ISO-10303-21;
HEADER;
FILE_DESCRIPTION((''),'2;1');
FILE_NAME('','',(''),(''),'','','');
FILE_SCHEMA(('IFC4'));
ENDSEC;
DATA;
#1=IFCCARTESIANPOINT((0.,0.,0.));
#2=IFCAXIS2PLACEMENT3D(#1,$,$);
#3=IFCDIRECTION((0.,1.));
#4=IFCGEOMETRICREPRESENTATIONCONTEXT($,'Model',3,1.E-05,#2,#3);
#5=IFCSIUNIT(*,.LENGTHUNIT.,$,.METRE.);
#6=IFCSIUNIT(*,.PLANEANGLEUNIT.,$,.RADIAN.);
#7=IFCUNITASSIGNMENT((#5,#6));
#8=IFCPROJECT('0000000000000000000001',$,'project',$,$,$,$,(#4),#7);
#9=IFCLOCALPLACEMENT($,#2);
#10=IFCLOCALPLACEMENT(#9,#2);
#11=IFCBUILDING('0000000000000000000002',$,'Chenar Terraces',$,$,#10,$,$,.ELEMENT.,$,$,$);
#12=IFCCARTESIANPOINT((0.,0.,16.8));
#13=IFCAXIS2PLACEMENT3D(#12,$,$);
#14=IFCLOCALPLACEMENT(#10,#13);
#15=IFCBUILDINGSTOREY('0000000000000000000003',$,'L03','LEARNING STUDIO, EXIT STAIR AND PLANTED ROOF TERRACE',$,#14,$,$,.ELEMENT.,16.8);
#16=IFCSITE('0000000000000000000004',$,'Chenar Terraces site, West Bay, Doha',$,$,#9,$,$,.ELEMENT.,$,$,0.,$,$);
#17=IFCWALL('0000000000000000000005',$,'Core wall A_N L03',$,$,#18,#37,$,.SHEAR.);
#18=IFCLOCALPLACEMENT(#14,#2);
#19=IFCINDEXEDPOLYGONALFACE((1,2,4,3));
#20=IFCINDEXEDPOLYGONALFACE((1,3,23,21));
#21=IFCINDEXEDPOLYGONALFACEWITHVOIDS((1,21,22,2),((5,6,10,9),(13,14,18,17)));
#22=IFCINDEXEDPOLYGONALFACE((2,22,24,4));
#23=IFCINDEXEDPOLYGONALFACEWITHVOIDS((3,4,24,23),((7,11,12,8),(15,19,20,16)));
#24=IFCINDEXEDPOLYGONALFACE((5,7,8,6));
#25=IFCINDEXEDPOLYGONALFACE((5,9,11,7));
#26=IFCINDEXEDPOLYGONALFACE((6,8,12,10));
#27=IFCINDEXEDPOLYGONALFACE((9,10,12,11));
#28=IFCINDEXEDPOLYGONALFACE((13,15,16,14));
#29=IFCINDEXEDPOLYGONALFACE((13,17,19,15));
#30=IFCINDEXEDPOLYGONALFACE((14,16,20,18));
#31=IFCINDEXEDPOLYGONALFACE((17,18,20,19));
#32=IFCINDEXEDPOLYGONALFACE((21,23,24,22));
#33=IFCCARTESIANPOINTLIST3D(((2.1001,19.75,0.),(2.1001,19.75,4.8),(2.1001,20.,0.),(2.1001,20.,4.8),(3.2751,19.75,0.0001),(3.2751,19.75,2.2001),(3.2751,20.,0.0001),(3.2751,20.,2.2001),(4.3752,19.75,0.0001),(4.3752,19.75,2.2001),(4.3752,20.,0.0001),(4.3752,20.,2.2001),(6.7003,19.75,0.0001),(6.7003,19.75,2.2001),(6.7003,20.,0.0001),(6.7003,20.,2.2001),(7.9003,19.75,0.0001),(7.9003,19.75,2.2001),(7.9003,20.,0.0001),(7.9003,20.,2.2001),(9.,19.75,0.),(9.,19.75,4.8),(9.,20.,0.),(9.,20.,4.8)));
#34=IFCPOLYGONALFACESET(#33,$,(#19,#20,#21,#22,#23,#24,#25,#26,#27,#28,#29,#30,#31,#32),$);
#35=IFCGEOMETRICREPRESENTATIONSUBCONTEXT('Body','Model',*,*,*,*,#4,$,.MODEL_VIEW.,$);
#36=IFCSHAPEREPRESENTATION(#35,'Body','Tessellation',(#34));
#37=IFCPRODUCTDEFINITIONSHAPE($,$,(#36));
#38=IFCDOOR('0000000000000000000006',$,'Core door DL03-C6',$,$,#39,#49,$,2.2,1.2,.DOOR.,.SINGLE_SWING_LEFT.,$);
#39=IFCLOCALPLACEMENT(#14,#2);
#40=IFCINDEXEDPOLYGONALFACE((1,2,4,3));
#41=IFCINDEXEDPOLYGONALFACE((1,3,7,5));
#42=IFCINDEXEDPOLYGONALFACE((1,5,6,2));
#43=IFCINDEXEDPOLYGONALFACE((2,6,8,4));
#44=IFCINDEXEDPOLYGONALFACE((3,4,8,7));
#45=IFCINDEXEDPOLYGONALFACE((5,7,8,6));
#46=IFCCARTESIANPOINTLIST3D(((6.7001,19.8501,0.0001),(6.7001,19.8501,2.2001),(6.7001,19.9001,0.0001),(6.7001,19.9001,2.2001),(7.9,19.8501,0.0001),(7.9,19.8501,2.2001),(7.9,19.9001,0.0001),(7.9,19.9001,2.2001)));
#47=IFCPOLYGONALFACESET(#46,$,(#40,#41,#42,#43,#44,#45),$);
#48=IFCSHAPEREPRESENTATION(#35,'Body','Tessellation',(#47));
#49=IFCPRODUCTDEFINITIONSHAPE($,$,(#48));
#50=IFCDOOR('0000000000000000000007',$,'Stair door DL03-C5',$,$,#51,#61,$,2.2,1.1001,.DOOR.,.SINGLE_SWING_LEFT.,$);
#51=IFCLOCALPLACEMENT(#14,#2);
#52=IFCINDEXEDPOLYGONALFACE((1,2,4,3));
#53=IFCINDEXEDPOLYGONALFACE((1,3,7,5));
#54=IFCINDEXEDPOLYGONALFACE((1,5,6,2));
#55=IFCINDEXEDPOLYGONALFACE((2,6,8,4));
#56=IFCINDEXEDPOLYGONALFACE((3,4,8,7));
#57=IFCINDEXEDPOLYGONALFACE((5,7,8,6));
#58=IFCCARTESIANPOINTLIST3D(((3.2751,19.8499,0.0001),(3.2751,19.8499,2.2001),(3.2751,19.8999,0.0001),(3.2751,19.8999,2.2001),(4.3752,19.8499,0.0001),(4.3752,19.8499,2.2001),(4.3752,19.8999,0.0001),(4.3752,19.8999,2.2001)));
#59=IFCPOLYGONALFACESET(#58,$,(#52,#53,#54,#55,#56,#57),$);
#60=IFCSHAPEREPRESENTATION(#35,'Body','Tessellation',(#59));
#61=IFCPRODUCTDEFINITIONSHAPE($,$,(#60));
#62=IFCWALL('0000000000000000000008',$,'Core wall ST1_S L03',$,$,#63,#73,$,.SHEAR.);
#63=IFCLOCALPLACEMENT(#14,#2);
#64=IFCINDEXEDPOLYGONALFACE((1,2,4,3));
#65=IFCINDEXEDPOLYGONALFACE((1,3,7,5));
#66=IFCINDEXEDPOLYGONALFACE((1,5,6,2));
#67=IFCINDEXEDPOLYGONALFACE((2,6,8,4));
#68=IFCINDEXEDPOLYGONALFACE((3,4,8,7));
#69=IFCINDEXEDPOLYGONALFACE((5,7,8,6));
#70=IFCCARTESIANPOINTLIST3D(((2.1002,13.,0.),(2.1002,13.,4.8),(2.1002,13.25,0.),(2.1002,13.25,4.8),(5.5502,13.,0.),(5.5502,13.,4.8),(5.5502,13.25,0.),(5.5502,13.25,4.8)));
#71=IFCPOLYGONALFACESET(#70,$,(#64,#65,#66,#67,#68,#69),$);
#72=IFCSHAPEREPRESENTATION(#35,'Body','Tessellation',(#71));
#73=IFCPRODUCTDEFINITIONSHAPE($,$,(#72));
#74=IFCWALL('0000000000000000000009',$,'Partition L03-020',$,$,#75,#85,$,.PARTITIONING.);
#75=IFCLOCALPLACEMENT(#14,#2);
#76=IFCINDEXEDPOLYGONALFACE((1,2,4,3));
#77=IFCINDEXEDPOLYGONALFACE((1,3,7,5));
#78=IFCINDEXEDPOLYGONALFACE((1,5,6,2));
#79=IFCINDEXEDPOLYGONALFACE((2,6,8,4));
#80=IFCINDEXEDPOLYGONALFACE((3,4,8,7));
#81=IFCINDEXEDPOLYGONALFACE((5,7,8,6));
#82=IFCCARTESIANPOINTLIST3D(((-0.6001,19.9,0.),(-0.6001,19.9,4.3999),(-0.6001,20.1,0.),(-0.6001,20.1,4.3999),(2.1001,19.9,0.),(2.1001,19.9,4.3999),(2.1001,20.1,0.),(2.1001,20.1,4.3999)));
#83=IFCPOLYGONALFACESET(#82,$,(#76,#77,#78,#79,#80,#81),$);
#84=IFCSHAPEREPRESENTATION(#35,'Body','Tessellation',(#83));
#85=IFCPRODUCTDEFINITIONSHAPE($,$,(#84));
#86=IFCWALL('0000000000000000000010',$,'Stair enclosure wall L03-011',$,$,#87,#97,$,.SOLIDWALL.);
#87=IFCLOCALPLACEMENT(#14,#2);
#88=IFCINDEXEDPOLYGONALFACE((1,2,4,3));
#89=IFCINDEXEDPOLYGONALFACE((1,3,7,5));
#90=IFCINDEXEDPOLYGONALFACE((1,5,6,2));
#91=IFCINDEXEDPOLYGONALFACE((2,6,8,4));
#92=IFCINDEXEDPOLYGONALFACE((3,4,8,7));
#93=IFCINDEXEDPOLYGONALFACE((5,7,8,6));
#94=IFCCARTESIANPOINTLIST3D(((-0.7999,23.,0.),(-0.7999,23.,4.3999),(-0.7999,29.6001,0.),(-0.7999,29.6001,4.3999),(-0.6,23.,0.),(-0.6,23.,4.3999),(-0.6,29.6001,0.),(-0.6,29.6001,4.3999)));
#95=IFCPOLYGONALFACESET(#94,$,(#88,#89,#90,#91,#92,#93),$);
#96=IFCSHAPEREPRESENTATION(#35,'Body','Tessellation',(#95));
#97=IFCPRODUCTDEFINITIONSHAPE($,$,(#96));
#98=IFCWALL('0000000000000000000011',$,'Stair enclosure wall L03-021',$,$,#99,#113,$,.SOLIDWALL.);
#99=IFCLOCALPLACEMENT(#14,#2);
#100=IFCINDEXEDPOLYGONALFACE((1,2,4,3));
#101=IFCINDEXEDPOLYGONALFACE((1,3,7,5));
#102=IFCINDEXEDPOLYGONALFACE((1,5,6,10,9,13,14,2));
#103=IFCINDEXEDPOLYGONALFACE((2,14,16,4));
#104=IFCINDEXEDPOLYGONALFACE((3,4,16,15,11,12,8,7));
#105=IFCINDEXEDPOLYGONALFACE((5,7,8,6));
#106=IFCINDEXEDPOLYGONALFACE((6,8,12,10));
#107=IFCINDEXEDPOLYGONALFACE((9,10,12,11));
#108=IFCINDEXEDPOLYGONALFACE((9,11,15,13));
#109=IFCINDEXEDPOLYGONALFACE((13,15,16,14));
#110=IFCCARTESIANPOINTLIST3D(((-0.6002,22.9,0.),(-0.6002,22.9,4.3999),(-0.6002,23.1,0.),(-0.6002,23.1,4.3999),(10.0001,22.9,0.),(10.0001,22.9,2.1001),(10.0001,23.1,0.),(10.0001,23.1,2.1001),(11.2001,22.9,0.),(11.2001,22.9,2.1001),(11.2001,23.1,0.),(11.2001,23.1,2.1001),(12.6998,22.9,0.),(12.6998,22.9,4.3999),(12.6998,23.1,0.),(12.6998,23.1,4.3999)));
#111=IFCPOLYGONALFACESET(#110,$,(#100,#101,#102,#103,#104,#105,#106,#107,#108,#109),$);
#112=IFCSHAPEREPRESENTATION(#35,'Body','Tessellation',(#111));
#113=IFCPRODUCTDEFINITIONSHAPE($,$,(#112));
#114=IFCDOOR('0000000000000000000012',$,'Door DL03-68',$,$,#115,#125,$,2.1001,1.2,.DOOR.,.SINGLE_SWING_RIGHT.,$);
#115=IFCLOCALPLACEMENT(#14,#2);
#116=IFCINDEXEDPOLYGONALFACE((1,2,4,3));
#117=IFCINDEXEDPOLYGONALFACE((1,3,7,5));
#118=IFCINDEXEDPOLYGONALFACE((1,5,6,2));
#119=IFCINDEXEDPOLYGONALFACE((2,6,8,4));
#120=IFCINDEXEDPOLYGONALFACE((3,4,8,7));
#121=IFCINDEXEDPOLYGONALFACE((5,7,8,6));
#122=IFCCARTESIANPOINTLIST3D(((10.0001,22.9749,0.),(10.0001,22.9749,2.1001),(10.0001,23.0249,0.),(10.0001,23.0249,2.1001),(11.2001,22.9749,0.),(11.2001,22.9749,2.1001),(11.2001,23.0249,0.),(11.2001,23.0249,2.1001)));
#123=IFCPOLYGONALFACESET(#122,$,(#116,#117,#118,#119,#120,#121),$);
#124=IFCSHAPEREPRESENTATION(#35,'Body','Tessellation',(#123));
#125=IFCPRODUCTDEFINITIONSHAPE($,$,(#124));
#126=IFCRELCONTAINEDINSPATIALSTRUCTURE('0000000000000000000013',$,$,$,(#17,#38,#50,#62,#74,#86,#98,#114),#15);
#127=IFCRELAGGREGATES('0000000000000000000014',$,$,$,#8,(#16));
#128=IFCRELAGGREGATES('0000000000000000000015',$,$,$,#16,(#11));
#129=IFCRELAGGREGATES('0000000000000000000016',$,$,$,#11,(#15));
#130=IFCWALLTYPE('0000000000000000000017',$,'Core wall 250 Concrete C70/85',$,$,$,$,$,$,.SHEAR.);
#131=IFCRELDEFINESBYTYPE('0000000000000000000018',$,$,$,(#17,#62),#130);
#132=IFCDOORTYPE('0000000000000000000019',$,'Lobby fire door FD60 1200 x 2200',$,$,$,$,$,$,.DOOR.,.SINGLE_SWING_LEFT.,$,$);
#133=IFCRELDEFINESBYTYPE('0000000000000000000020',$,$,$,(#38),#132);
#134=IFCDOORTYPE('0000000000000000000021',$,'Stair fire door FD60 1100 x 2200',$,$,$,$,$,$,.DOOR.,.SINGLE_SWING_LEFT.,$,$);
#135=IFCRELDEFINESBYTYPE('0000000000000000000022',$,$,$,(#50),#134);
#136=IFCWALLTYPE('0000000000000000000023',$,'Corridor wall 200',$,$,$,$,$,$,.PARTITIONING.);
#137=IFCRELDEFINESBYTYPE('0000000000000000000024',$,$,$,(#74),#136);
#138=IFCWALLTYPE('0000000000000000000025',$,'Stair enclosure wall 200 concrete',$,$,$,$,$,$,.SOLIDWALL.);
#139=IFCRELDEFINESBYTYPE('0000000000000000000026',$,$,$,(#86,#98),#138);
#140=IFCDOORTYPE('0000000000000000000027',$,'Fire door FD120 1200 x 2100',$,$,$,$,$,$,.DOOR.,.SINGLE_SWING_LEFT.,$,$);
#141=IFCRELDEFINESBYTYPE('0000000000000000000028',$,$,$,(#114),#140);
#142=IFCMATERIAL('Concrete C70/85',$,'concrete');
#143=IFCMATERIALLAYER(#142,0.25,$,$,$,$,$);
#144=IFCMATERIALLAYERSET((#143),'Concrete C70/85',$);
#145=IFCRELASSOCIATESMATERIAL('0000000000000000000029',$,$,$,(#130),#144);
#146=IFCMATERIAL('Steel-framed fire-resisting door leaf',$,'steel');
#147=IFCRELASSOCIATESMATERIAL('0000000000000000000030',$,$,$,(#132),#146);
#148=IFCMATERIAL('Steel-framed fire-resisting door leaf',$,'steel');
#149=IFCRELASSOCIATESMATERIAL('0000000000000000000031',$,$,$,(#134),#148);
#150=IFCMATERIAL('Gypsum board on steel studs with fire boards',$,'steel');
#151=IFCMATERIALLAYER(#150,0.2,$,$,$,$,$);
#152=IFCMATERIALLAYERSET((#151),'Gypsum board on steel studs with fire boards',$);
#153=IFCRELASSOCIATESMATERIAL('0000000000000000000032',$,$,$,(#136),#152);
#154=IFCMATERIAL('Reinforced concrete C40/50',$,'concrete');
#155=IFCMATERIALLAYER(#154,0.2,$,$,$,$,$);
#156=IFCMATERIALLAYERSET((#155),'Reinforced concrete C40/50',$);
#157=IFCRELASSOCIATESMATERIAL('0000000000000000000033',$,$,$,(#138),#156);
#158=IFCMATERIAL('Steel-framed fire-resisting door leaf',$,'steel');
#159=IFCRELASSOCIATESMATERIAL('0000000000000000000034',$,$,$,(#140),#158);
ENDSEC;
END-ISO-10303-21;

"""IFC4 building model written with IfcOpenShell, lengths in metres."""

from ifc_helpers import new_model, si_unit, direction, frame, frame_2d, origin, place, context, subcontext, project, spatial, rectangle, extrude, material, layer, layer_set, type_object, element, fill, save


model = new_model("IFC4")

# Units and contexts
model_context = context("Model", 3, precision=1e-05, world=origin(), true_north=direction((0.0, 1.0)))
body_context = subcontext(model_context, "Body", "Model", "MODEL_VIEW")
ifc_project = project(units=[si_unit("LENGTHUNIT", "METRE"), si_unit("PLANEANGLEUNIT", "RADIAN")], contexts=[model_context])

# Site, building, storey
site_placement = place(None, origin())
site = spatial("IfcSite", under=ifc_project, at=site_placement, Name="Chenar Terraces site, West Bay, Doha", CompositionType="ELEMENT", RefElevation=0.0)
building_placement = place(site_placement, origin())
building = spatial("IfcBuilding", under=site, at=building_placement, Name="Chenar Terraces", CompositionType="ELEMENT")
storey_placement = place(building_placement, frame((0.0, 0.0, 16.8)))
storey = spatial("IfcBuildingStorey", under=building, at=storey_placement, Name="L03", Description="LEARNING STUDIO, EXIT STAIR AND PLANTED ROOF TERRACE", CompositionType="ELEMENT", Elevation=16.8)

# Wall, openings, doors
ifc_material_1 = material(Name="Concrete C70/85", Category="concrete")
ifc_layer_1 = layer(ifc_material_1, 0.25)
ifc_layer_set_1 = layer_set([ifc_layer_1], Name="Concrete C70/85")
wall_type_1 = type_object("IfcWallType", Name="Core wall 250 Concrete C70/85", PredefinedType="SHEAR", material=ifc_layer_set_1)
wall_1_placement = place(storey_placement, frame((2.1001, 19.875, 0.0), z_axis=(0.0, 0.0, 1.0), x_axis=(1.0, 0.0, 0.0)))
wall_1 = element("IfcWall", 1, at=wall_1_placement, inside=storey, type_object=wall_type_1, Name="Core wall A_N L03", PredefinedType="SHEAR", context=body_context, shape_type="SweptSolid", body=[
    extrude(rectangle(XDim=6.8999, YDim=0.25, at=frame_2d((3.45, 0.0))), origin(), (0.0, 0.0, 1.0), 4.8),
])
opening_1_placement = place(wall_1_placement, frame((1.175, 0.0, 0.0)))
opening_1 = element("IfcOpeningElement", 2, at=opening_1_placement, cuts=wall_1, PredefinedType="OPENING", context=body_context, shape_type="SweptSolid", body=[
    extrude(rectangle(XDim=1.1001, YDim=2.2, at=frame_2d((0.55, 1.1001))), frame((0.0, 0.135, 0.0), z_axis=(0.0, -1.0, 0.0), x_axis=(1.0, 0.0, 0.0)), (0.0, 0.0, 1.0), 0.27),
])
opening_2_placement = place(wall_1_placement, frame((4.6001, 0.0, 0.0)))
opening_2 = element("IfcOpeningElement", 3, at=opening_2_placement, cuts=wall_1, PredefinedType="OPENING", context=body_context, shape_type="SweptSolid", body=[
    extrude(rectangle(XDim=1.2, YDim=2.2, at=frame_2d((0.6001, 1.1001))), frame((0.0, 0.135, 0.0), z_axis=(0.0, -1.0, 0.0), x_axis=(1.0, 0.0, 0.0)), (0.0, 0.0, 1.0), 0.27),
])
ifc_material_2 = material(Name="Steel-framed fire-resisting door leaf", Category="steel")
door_type_1 = type_object("IfcDoorType", Name="Lobby fire door FD60 1200 x 2200", OperationType="SINGLE_SWING_LEFT", PredefinedType="DOOR", material=ifc_material_2)
door_1_placement = place(opening_2_placement, frame((1.2, 0.0, 0.0), z_axis=(0.0, 0.0, 1.0), x_axis=(-1.0, 0.0, 0.0)))
door_1 = element("IfcDoor", 4, at=door_1_placement, inside=storey, type_object=door_type_1, Name="Core door DL03-C6", OperationType="SINGLE_SWING_LEFT", OverallHeight=2.2, OverallWidth=1.2, PredefinedType="DOOR", context=body_context, shape_type="SweptSolid", body=[
    extrude(rectangle(XDim=1.2, YDim=2.2, at=frame_2d((0.6001, 1.1001))), frame((0.0, 0.0249, 0.0), z_axis=(0.0, -1.0, 0.0), x_axis=(1.0, 0.0, 0.0)), (0.0, 0.0, 1.0), 0.05),
])
fill(opening_2, door_1)
ifc_material_3 = material(Name="Steel-framed fire-resisting door leaf", Category="steel")
door_type_2 = type_object("IfcDoorType", Name="Stair fire door FD60 1100 x 2200", OperationType="SINGLE_SWING_LEFT", PredefinedType="DOOR", material=ifc_material_3)
door_2_placement = place(opening_1_placement, origin())
door_2 = element("IfcDoor", 5, at=door_2_placement, inside=storey, type_object=door_type_2, Name="Stair door DL03-C5", OperationType="SINGLE_SWING_LEFT", OverallHeight=2.2, OverallWidth=1.1001, PredefinedType="DOOR", context=body_context, shape_type="SweptSolid", body=[
    extrude(rectangle(XDim=1.1001, YDim=2.2, at=frame_2d((0.55, 1.1001))), frame((0.0, 0.0249, 0.0), z_axis=(0.0, -1.0, 0.0), x_axis=(1.0, 0.0, 0.0)), (0.0, 0.0, 1.0), 0.05),
])
fill(opening_1, door_2)

# Walls
wall_2_placement = place(storey_placement, frame((2.1001, 13.125, 0.0), z_axis=(0.0, 0.0, 1.0), x_axis=(1.0, 0.0, 0.0)))
element("IfcWall", 6, at=wall_2_placement, inside=storey, type_object=wall_type_1, Name="Core wall ST1_S L03", PredefinedType="SHEAR", context=body_context, shape_type="SweptSolid", body=[
    extrude(rectangle(XDim=3.45, YDim=0.25, at=frame_2d((1.7251, 0.0))), origin(), (0.0, 0.0, 1.0), 4.8),
])
ifc_material_4 = material(Name="Gypsum board on steel studs with fire boards", Category="steel")
ifc_layer_2 = layer(ifc_material_4, 0.2)
ifc_layer_set_2 = layer_set([ifc_layer_2], Name="Gypsum board on steel studs with fire boards")
wall_type_2 = type_object("IfcWallType", Name="Corridor wall 200", PredefinedType="PARTITIONING", material=ifc_layer_set_2)
wall_3_placement = place(storey_placement, frame((-0.6001, 20.0, 0.0), z_axis=(0.0, 0.0, 1.0), x_axis=(1.0, 0.0, 0.0)))
element("IfcWall", 7, at=wall_3_placement, inside=storey, type_object=wall_type_2, Name="Partition L03-020", PredefinedType="PARTITIONING", context=body_context, shape_type="SweptSolid", body=[
    extrude(rectangle(XDim=2.7002, YDim=0.2, at=frame_2d((1.3501, 0.0))), origin(), (0.0, 0.0, 1.0), 4.3999),
])
ifc_material_5 = material(Name="Reinforced concrete C40/50", Category="concrete")
ifc_layer_3 = layer(ifc_material_5, 0.2)
ifc_layer_set_3 = layer_set([ifc_layer_3], Name="Reinforced concrete C40/50")
wall_type_3 = type_object("IfcWallType", Name="Stair enclosure wall 200 concrete", PredefinedType="SOLIDWALL", material=ifc_layer_set_3)
wall_4_placement = place(storey_placement, frame((-0.7, 23.0, 0.0), z_axis=(0.0, 0.0, 1.0), x_axis=(0.0, 1.0, 0.0)))
element("IfcWall", 8, at=wall_4_placement, inside=storey, type_object=wall_type_3, Name="Stair enclosure wall L03-011", PredefinedType="SOLIDWALL", context=body_context, shape_type="SweptSolid", body=[
    extrude(rectangle(XDim=6.6001, YDim=0.2, at=frame_2d((3.3, 0.0))), origin(), (0.0, 0.0, 1.0), 4.3999),
])

# Wall, opening, door
wall_5_placement = place(storey_placement, frame((-0.6001, 23.0, 0.0), z_axis=(0.0, 0.0, 1.0), x_axis=(1.0, 0.0, 0.0)))
wall_5 = element("IfcWall", 9, at=wall_5_placement, inside=storey, type_object=wall_type_3, Name="Stair enclosure wall L03-021", PredefinedType="SOLIDWALL", context=body_context, shape_type="SweptSolid", body=[
    extrude(rectangle(XDim=13.3, YDim=0.2, at=frame_2d((6.6499, 0.0))), origin(), (0.0, 0.0, 1.0), 4.3999),
])
opening_3_placement = place(wall_5_placement, frame((10.6001, 0.0, 0.0)))
opening_3 = element("IfcOpeningElement", 10, at=opening_3_placement, cuts=wall_5, PredefinedType="OPENING", context=body_context, shape_type="SweptSolid", body=[
    extrude(rectangle(XDim=1.2, YDim=2.1001, at=frame_2d((0.6001, 1.05))), frame((0.0, 0.1099, 0.0), z_axis=(0.0, -1.0, 0.0), x_axis=(1.0, 0.0, 0.0)), (0.0, 0.0, 1.0), 0.22),
])
ifc_material_6 = material(Name="Steel-framed fire-resisting door leaf", Category="steel")
door_type_3 = type_object("IfcDoorType", Name="Fire door FD120 1200 x 2100", OperationType="SINGLE_SWING_LEFT", PredefinedType="DOOR", material=ifc_material_6)
door_3_placement = place(opening_3_placement, origin())
door_3 = element("IfcDoor", 11, at=door_3_placement, inside=storey, type_object=door_type_3, Name="Door DL03-68", OperationType="SINGLE_SWING_RIGHT", OverallHeight=2.1001, OverallWidth=1.2, PredefinedType="DOOR", context=body_context, shape_type="SweptSolid", body=[
    extrude(rectangle(XDim=1.2, YDim=2.1001, at=frame_2d((0.6001, 1.05))), frame((0.0, 0.0249, 0.0), z_axis=(0.0, -1.0, 0.0), x_axis=(1.0, 0.0, 0.0)), (0.0, 0.0, 1.0), 0.05),
])
fill(opening_3, door_3)

save(model, "model.ifc")
